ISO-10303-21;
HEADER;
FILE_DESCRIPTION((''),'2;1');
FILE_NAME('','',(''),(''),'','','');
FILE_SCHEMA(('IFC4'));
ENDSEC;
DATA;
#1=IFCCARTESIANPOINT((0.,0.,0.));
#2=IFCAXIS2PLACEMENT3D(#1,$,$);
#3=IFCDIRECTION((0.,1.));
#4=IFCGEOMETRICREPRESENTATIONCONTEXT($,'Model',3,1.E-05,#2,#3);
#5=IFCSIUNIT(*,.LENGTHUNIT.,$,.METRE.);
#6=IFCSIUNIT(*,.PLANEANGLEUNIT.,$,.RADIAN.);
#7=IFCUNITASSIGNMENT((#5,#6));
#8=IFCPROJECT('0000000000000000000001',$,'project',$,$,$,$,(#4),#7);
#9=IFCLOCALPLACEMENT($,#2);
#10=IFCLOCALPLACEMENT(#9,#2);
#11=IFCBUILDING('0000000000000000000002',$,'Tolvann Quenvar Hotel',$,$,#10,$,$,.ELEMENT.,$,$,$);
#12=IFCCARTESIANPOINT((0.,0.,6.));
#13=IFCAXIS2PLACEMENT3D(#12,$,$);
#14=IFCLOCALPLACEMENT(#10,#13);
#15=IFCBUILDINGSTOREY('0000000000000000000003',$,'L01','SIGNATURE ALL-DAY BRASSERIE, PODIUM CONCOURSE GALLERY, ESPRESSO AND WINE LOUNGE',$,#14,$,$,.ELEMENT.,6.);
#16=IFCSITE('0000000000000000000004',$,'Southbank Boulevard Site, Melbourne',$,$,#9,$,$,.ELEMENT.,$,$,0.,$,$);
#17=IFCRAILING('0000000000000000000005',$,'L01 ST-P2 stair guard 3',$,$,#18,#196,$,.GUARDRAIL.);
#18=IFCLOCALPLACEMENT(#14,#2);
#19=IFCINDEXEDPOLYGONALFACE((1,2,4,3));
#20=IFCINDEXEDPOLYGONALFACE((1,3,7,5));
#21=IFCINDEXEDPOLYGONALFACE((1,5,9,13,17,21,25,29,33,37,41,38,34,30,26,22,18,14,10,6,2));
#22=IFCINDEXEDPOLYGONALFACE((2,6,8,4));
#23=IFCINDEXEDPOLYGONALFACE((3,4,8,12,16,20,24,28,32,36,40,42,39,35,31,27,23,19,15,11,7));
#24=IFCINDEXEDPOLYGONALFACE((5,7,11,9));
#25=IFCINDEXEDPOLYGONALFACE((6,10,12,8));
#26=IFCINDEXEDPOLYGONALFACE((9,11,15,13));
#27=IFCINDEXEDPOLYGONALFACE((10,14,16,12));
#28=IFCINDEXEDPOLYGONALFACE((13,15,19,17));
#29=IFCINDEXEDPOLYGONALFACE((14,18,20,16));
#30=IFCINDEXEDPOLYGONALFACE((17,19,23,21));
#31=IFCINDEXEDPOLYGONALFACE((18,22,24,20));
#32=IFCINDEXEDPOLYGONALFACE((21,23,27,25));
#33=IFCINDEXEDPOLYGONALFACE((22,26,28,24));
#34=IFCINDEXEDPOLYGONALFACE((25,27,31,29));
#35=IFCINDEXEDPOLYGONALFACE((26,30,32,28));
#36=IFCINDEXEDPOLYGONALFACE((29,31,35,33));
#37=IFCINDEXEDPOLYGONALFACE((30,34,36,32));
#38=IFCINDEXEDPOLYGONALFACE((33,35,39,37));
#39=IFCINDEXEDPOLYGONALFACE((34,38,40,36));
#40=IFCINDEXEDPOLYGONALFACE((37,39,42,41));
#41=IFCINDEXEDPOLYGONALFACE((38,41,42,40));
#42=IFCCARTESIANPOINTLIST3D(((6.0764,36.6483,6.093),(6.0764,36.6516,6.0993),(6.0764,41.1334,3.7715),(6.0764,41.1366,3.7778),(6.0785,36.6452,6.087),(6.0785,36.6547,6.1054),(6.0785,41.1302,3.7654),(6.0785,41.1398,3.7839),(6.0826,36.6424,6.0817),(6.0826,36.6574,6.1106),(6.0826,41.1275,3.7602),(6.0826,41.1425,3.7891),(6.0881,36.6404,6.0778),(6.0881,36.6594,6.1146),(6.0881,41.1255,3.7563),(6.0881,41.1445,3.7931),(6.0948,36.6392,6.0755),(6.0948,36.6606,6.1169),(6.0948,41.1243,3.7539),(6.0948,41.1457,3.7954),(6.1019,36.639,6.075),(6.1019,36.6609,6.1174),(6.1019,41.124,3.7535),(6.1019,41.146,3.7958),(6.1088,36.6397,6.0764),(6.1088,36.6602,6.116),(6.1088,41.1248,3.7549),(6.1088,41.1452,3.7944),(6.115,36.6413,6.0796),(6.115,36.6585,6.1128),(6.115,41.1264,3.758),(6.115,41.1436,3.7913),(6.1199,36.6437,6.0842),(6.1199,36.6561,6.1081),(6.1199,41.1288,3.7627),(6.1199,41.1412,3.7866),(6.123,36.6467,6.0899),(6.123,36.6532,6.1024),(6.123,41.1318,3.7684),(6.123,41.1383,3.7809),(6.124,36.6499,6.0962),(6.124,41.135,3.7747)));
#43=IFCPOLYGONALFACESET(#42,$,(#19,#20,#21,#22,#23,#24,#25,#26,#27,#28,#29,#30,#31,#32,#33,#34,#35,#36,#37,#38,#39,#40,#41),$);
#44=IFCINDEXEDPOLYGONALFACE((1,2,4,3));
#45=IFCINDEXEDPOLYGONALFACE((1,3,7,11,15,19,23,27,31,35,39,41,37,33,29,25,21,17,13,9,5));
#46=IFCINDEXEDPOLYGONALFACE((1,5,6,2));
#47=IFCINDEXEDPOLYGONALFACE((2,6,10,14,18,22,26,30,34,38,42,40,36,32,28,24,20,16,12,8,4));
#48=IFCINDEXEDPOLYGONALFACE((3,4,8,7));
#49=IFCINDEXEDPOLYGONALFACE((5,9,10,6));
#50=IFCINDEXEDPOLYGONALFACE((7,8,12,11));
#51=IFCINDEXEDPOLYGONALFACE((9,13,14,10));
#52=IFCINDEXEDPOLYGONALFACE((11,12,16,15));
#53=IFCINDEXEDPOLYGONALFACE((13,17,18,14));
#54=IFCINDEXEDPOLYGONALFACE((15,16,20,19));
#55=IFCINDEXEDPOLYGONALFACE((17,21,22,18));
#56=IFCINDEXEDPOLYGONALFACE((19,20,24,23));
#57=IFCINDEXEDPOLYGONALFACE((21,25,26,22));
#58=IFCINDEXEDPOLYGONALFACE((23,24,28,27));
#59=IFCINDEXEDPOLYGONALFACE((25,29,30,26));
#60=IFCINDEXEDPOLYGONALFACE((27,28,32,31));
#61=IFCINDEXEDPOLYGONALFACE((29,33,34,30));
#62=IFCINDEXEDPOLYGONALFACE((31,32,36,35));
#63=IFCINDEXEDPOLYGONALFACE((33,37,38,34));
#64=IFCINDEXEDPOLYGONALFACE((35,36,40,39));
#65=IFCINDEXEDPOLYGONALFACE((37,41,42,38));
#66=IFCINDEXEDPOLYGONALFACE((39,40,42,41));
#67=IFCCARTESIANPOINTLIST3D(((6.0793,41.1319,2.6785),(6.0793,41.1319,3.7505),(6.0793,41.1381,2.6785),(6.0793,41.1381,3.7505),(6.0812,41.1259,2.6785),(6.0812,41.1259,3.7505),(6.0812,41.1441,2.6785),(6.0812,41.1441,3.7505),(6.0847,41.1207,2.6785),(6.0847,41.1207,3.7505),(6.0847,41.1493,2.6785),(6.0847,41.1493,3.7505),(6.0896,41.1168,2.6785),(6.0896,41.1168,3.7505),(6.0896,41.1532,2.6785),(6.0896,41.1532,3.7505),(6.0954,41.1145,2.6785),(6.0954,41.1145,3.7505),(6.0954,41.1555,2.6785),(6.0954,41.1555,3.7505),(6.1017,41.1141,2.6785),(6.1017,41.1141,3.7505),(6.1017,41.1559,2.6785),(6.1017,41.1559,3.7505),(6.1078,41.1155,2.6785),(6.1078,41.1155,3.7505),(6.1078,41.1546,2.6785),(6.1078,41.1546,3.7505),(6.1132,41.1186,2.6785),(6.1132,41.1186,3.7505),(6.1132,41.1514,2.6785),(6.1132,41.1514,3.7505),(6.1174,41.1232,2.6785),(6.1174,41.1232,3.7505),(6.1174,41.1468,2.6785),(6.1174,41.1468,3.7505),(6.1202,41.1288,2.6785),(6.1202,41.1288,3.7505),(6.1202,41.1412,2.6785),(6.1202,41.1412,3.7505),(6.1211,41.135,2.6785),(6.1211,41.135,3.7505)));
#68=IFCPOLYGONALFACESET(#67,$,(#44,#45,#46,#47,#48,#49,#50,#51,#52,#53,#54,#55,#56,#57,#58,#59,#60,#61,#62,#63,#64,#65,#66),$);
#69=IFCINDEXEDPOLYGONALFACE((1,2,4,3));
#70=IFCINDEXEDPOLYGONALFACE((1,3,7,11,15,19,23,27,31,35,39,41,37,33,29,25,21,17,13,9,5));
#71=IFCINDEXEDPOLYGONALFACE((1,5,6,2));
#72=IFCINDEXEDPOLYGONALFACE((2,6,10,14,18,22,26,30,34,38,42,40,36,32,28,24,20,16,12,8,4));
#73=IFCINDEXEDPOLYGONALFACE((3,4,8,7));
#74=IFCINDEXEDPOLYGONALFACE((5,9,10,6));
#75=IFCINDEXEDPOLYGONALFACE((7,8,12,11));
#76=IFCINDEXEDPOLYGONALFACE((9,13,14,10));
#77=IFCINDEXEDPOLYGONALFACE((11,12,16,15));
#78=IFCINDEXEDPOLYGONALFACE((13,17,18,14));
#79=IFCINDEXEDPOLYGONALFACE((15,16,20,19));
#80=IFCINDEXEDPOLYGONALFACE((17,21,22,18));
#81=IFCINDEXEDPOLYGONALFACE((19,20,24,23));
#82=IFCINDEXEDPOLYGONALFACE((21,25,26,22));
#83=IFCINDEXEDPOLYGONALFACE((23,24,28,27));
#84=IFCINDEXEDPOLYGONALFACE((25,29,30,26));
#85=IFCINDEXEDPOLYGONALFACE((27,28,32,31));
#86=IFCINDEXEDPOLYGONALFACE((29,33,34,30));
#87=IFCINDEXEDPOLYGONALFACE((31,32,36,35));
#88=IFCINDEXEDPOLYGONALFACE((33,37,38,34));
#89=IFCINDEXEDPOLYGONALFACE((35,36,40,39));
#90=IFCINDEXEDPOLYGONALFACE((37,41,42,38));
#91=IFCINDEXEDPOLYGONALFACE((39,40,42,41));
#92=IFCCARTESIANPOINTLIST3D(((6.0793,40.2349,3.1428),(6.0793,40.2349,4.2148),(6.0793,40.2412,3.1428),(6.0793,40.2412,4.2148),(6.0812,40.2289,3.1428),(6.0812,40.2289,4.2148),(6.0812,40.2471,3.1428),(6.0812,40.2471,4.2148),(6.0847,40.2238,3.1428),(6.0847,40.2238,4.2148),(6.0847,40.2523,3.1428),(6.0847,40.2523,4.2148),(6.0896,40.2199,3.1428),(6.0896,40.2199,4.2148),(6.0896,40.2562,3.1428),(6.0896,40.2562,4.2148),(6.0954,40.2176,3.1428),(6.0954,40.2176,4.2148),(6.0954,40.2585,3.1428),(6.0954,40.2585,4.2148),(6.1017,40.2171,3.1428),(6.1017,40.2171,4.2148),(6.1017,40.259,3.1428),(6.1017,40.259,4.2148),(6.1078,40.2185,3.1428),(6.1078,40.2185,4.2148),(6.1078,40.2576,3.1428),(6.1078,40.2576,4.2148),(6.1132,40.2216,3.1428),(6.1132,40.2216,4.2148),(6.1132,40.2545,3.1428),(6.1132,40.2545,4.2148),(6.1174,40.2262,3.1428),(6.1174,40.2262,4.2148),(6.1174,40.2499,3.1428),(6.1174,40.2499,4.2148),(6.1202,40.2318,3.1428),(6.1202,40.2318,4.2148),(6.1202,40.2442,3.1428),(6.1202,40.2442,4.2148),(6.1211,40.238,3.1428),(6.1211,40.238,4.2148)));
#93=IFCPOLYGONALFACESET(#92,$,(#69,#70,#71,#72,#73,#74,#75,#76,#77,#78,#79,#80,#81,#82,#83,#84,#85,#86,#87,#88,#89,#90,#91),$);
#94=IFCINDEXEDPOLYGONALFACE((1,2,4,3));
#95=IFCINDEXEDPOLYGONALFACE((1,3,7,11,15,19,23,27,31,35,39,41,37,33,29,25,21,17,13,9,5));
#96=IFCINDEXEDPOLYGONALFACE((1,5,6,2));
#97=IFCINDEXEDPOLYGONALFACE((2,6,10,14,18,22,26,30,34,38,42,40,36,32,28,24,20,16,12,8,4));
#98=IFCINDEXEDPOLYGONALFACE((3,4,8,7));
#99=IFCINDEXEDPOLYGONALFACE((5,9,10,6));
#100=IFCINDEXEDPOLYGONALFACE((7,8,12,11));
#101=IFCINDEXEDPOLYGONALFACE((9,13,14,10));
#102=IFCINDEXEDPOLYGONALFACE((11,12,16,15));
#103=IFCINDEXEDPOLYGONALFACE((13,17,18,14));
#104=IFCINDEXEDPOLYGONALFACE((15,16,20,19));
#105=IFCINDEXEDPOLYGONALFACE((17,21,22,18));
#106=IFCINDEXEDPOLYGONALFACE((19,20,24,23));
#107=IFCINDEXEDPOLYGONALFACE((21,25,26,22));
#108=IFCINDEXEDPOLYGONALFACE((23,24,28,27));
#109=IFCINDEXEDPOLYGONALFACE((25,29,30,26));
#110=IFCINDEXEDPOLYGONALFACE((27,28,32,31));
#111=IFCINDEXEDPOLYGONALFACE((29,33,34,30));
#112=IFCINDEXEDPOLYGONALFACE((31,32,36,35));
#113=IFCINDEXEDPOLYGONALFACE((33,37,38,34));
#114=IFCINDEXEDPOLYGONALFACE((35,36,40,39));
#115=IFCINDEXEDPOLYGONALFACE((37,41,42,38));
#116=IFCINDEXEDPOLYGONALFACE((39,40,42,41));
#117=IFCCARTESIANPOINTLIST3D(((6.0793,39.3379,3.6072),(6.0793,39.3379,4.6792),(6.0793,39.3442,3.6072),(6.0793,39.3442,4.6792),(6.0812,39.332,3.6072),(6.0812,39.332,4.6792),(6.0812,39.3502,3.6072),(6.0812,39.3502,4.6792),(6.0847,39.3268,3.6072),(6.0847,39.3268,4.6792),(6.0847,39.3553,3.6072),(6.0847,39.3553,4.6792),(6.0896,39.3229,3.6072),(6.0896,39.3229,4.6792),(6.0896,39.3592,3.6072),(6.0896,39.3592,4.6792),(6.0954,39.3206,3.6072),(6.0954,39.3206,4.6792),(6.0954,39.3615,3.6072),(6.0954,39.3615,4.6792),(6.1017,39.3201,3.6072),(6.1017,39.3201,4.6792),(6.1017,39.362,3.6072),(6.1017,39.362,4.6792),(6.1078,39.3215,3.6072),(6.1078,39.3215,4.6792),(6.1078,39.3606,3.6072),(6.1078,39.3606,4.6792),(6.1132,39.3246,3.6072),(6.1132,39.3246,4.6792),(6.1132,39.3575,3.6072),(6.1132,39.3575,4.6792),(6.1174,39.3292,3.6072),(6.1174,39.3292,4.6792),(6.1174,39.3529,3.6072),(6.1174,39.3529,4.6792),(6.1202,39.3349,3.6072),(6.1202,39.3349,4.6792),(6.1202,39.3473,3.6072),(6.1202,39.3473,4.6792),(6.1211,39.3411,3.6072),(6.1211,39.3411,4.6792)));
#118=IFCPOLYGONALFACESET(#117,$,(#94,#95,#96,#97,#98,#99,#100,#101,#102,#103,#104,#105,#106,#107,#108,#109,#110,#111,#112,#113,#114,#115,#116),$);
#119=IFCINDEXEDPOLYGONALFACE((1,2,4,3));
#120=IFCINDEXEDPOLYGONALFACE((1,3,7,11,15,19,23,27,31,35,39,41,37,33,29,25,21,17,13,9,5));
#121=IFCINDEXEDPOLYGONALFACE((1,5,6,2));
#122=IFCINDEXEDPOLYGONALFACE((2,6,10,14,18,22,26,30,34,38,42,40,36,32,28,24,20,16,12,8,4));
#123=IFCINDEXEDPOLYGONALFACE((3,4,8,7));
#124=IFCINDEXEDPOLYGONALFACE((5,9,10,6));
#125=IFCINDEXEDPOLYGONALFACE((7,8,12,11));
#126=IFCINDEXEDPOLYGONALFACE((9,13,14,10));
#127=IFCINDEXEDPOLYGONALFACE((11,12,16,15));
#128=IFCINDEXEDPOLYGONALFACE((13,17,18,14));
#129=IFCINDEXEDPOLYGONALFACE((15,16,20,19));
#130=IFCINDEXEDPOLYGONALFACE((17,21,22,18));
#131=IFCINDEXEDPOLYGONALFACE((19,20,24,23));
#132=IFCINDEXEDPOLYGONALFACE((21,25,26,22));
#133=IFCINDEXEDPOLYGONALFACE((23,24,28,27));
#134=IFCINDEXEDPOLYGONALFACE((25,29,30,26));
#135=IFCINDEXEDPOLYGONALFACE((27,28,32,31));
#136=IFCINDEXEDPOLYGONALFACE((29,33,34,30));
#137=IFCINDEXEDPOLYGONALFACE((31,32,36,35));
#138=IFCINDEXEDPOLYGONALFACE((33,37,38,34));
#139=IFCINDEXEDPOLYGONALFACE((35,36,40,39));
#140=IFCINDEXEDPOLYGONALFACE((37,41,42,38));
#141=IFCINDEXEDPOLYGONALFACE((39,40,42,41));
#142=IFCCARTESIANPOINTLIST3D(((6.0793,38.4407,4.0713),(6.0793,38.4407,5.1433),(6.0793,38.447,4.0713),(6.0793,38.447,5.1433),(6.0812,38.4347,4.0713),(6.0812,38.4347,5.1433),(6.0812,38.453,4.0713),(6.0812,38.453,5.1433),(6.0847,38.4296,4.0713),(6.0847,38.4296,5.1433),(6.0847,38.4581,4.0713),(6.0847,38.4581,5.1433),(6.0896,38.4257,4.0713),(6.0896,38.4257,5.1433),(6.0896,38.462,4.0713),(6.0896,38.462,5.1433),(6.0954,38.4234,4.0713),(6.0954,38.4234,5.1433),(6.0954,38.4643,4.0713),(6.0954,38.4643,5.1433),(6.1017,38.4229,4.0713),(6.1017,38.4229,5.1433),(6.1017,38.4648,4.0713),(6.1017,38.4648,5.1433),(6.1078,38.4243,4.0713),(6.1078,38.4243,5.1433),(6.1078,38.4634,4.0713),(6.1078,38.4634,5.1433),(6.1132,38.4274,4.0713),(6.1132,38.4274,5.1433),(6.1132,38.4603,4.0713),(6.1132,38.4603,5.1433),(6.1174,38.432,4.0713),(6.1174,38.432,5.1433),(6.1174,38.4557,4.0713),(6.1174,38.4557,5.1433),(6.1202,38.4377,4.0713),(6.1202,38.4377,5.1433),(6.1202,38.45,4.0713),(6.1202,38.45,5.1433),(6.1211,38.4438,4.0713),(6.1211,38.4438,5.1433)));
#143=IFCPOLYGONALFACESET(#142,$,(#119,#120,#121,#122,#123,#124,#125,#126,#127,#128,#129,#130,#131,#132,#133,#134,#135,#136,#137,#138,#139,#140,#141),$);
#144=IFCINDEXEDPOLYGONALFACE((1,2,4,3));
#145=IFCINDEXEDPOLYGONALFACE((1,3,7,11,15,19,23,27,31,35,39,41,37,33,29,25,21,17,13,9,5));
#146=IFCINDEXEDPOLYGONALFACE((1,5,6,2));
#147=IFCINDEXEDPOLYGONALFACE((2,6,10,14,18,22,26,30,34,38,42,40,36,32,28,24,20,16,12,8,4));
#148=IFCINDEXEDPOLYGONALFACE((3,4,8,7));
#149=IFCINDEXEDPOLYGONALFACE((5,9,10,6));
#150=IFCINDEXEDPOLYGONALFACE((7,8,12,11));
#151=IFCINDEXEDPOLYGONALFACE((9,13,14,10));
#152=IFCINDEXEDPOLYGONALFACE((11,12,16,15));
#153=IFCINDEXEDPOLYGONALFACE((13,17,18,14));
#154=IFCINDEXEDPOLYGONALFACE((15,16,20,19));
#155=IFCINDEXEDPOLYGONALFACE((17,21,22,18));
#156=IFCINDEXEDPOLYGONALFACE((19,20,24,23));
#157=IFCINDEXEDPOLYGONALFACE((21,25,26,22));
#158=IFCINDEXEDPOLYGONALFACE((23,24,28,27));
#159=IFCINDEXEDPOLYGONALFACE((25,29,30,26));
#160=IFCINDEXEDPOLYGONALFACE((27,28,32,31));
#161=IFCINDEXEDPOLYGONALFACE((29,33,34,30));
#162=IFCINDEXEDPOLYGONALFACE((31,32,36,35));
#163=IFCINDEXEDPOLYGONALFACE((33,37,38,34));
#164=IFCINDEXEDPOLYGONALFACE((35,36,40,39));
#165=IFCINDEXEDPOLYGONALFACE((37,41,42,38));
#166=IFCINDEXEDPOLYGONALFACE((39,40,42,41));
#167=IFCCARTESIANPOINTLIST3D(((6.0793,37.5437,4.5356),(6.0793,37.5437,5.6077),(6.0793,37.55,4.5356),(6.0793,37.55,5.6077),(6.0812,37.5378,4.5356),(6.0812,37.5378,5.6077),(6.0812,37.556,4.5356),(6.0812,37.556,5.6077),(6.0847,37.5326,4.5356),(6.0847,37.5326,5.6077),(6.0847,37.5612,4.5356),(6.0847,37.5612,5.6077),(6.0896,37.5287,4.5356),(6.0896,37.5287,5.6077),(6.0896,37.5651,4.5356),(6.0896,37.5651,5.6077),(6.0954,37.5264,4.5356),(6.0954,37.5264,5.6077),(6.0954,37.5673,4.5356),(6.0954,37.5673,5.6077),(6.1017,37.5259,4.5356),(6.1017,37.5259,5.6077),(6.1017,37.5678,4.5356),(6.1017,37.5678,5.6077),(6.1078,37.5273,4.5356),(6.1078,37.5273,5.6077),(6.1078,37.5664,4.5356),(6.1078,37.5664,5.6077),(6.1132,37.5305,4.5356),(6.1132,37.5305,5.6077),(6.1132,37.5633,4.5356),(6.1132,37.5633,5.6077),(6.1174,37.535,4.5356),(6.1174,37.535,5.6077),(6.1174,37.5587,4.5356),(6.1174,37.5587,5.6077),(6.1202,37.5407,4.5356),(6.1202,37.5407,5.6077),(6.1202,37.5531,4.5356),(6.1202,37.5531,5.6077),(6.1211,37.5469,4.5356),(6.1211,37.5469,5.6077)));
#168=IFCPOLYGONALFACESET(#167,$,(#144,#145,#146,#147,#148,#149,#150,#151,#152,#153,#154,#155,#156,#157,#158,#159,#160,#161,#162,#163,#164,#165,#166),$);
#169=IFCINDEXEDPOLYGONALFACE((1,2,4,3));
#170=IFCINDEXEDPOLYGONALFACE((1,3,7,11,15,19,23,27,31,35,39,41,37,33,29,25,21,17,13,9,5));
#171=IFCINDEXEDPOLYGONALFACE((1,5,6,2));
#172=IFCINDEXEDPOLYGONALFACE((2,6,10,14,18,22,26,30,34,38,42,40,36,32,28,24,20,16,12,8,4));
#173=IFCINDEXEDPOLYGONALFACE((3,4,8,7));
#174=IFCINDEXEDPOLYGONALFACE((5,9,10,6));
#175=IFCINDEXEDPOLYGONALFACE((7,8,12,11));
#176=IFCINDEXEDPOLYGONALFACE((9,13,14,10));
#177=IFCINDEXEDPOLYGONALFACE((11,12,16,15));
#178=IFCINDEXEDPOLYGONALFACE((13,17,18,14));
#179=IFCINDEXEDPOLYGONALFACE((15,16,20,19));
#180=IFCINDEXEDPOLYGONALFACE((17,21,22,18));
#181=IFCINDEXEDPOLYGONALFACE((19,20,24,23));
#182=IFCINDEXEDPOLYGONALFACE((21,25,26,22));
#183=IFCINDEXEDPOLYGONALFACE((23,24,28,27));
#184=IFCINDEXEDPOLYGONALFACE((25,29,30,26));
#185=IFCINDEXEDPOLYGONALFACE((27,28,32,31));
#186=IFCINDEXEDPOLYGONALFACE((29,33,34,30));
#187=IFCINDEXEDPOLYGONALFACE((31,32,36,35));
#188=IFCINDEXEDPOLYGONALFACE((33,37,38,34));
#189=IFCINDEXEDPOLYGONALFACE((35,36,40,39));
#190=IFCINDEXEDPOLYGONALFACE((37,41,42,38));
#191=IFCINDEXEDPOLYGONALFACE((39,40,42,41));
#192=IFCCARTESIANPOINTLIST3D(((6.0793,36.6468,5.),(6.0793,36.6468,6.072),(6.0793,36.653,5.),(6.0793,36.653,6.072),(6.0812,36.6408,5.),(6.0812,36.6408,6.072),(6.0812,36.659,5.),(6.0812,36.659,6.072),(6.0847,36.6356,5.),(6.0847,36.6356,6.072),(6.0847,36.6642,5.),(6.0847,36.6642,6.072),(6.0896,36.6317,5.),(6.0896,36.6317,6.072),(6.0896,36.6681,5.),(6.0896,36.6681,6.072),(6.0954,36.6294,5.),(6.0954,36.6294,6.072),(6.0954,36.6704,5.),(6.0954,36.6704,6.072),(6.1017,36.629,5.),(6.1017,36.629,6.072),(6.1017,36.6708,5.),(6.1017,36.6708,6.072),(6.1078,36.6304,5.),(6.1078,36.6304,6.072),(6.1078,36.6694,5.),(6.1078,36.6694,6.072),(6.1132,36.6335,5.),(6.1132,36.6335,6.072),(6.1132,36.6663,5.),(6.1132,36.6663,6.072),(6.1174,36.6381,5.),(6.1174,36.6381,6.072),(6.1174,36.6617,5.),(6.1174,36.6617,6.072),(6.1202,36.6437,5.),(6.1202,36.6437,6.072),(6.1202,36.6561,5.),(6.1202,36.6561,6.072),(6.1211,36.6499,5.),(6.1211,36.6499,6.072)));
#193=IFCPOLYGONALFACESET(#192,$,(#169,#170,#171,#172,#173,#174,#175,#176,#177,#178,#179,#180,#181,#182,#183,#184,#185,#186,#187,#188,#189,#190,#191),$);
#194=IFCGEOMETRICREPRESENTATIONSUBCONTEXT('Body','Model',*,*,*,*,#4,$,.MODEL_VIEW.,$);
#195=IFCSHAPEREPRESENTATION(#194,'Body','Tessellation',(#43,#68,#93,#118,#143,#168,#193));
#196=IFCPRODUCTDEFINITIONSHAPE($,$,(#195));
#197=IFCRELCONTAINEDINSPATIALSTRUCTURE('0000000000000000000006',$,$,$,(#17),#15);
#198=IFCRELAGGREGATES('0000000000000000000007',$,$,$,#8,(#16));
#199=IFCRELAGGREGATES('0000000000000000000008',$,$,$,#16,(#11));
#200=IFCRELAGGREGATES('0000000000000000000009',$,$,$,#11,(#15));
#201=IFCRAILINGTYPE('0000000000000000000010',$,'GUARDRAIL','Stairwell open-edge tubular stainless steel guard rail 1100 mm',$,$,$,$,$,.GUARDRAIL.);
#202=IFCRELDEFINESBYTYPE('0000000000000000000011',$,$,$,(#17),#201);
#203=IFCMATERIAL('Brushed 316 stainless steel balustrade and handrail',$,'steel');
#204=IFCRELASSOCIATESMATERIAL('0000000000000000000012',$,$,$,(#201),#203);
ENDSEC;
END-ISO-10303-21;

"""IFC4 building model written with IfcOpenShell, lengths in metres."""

from ifc_helpers import new_model, si_unit, direction, frame, origin, origin_2d, place, context, subcontext, project, spatial, circle, extrude, material, type_object, element, save


model = new_model("IFC4")

# Units and contexts
model_context = context("Model", 3, precision=1e-05, world=origin(), true_north=direction((0.0, 1.0)))
body_context = subcontext(model_context, "Body", "Model", "MODEL_VIEW")
ifc_project = project(units=[si_unit("LENGTHUNIT", "METRE"), si_unit("PLANEANGLEUNIT", "RADIAN")], contexts=[model_context])

# Site, building, storey
site_placement = place(None, origin())
site = spatial("IfcSite", under=ifc_project, at=site_placement, Name="Southbank Boulevard Site, Melbourne", CompositionType="ELEMENT", RefElevation=0.0)
building_placement = place(site_placement, origin())
building = spatial("IfcBuilding", under=site, at=building_placement, Name="Tolvann Quenvar Hotel", CompositionType="ELEMENT")
storey_placement = place(building_placement, frame((0.0, 0.0, 6.0)))
storey = spatial("IfcBuildingStorey", under=building, at=storey_placement, Name="L01", Description="SIGNATURE ALL-DAY BRASSERIE, PODIUM CONCOURSE GALLERY, ESPRESSO AND WINE LOUNGE", CompositionType="ELEMENT", Elevation=6.0)

# Railing
ifc_material_1 = material(Name="Brushed 316 stainless steel balustrade and handrail", Category="steel")
railing_type_1 = type_object("IfcRailingType", Name="GUARDRAIL", Description="Stairwell open-edge tubular stainless steel guard rail 1100 mm", PredefinedType="GUARDRAIL", material=ifc_material_1)
railing_1_placement = place(storey_placement, frame((6.1001, 41.135, 2.6785)))
element("IfcRailing", 1, at=railing_1_placement, inside=storey, type_object=railing_type_1, Name="L01 ST-P2 stair guard 3", PredefinedType="GUARDRAIL", context=body_context, shape_type="SweptSolid", body=[
    extrude(circle(Radius=0.0239, at=origin_2d()), frame((0.0, 0.0, 1.0962), z_axis=(0.0, -0.888084, 0.459681), x_axis=(1.0, 0.0, 0.0)), (0.0, 0.0, 1.0), 5.0503),
    extrude(circle(Radius=0.021, at=origin_2d()), origin(), (0.0, 0.0, 1.0), 1.072),
    extrude(circle(Radius=0.021, at=origin_2d()), frame((0.0, -0.897, 0.4644)), (0.0, 0.0, 1.0), 1.072),
    extrude(circle(Radius=0.021, at=origin_2d()), frame((0.0, -1.7939, 0.9287)), (0.0, 0.0, 1.0), 1.072),
    extrude(circle(Radius=0.021, at=origin_2d()), frame((0.0, -2.6912, 1.3928)), (0.0, 0.0, 1.0), 1.072),
    extrude(circle(Radius=0.021, at=origin_2d()), frame((0.0, -3.5881, 1.8572)), (0.0, 0.0, 1.0), 1.072),
    extrude(circle(Radius=0.021, at=origin_2d()), frame((0.0, -4.4851, 2.3215)), (0.0, 0.0, 1.0), 1.072),
])

save(model, "model.ifc")
